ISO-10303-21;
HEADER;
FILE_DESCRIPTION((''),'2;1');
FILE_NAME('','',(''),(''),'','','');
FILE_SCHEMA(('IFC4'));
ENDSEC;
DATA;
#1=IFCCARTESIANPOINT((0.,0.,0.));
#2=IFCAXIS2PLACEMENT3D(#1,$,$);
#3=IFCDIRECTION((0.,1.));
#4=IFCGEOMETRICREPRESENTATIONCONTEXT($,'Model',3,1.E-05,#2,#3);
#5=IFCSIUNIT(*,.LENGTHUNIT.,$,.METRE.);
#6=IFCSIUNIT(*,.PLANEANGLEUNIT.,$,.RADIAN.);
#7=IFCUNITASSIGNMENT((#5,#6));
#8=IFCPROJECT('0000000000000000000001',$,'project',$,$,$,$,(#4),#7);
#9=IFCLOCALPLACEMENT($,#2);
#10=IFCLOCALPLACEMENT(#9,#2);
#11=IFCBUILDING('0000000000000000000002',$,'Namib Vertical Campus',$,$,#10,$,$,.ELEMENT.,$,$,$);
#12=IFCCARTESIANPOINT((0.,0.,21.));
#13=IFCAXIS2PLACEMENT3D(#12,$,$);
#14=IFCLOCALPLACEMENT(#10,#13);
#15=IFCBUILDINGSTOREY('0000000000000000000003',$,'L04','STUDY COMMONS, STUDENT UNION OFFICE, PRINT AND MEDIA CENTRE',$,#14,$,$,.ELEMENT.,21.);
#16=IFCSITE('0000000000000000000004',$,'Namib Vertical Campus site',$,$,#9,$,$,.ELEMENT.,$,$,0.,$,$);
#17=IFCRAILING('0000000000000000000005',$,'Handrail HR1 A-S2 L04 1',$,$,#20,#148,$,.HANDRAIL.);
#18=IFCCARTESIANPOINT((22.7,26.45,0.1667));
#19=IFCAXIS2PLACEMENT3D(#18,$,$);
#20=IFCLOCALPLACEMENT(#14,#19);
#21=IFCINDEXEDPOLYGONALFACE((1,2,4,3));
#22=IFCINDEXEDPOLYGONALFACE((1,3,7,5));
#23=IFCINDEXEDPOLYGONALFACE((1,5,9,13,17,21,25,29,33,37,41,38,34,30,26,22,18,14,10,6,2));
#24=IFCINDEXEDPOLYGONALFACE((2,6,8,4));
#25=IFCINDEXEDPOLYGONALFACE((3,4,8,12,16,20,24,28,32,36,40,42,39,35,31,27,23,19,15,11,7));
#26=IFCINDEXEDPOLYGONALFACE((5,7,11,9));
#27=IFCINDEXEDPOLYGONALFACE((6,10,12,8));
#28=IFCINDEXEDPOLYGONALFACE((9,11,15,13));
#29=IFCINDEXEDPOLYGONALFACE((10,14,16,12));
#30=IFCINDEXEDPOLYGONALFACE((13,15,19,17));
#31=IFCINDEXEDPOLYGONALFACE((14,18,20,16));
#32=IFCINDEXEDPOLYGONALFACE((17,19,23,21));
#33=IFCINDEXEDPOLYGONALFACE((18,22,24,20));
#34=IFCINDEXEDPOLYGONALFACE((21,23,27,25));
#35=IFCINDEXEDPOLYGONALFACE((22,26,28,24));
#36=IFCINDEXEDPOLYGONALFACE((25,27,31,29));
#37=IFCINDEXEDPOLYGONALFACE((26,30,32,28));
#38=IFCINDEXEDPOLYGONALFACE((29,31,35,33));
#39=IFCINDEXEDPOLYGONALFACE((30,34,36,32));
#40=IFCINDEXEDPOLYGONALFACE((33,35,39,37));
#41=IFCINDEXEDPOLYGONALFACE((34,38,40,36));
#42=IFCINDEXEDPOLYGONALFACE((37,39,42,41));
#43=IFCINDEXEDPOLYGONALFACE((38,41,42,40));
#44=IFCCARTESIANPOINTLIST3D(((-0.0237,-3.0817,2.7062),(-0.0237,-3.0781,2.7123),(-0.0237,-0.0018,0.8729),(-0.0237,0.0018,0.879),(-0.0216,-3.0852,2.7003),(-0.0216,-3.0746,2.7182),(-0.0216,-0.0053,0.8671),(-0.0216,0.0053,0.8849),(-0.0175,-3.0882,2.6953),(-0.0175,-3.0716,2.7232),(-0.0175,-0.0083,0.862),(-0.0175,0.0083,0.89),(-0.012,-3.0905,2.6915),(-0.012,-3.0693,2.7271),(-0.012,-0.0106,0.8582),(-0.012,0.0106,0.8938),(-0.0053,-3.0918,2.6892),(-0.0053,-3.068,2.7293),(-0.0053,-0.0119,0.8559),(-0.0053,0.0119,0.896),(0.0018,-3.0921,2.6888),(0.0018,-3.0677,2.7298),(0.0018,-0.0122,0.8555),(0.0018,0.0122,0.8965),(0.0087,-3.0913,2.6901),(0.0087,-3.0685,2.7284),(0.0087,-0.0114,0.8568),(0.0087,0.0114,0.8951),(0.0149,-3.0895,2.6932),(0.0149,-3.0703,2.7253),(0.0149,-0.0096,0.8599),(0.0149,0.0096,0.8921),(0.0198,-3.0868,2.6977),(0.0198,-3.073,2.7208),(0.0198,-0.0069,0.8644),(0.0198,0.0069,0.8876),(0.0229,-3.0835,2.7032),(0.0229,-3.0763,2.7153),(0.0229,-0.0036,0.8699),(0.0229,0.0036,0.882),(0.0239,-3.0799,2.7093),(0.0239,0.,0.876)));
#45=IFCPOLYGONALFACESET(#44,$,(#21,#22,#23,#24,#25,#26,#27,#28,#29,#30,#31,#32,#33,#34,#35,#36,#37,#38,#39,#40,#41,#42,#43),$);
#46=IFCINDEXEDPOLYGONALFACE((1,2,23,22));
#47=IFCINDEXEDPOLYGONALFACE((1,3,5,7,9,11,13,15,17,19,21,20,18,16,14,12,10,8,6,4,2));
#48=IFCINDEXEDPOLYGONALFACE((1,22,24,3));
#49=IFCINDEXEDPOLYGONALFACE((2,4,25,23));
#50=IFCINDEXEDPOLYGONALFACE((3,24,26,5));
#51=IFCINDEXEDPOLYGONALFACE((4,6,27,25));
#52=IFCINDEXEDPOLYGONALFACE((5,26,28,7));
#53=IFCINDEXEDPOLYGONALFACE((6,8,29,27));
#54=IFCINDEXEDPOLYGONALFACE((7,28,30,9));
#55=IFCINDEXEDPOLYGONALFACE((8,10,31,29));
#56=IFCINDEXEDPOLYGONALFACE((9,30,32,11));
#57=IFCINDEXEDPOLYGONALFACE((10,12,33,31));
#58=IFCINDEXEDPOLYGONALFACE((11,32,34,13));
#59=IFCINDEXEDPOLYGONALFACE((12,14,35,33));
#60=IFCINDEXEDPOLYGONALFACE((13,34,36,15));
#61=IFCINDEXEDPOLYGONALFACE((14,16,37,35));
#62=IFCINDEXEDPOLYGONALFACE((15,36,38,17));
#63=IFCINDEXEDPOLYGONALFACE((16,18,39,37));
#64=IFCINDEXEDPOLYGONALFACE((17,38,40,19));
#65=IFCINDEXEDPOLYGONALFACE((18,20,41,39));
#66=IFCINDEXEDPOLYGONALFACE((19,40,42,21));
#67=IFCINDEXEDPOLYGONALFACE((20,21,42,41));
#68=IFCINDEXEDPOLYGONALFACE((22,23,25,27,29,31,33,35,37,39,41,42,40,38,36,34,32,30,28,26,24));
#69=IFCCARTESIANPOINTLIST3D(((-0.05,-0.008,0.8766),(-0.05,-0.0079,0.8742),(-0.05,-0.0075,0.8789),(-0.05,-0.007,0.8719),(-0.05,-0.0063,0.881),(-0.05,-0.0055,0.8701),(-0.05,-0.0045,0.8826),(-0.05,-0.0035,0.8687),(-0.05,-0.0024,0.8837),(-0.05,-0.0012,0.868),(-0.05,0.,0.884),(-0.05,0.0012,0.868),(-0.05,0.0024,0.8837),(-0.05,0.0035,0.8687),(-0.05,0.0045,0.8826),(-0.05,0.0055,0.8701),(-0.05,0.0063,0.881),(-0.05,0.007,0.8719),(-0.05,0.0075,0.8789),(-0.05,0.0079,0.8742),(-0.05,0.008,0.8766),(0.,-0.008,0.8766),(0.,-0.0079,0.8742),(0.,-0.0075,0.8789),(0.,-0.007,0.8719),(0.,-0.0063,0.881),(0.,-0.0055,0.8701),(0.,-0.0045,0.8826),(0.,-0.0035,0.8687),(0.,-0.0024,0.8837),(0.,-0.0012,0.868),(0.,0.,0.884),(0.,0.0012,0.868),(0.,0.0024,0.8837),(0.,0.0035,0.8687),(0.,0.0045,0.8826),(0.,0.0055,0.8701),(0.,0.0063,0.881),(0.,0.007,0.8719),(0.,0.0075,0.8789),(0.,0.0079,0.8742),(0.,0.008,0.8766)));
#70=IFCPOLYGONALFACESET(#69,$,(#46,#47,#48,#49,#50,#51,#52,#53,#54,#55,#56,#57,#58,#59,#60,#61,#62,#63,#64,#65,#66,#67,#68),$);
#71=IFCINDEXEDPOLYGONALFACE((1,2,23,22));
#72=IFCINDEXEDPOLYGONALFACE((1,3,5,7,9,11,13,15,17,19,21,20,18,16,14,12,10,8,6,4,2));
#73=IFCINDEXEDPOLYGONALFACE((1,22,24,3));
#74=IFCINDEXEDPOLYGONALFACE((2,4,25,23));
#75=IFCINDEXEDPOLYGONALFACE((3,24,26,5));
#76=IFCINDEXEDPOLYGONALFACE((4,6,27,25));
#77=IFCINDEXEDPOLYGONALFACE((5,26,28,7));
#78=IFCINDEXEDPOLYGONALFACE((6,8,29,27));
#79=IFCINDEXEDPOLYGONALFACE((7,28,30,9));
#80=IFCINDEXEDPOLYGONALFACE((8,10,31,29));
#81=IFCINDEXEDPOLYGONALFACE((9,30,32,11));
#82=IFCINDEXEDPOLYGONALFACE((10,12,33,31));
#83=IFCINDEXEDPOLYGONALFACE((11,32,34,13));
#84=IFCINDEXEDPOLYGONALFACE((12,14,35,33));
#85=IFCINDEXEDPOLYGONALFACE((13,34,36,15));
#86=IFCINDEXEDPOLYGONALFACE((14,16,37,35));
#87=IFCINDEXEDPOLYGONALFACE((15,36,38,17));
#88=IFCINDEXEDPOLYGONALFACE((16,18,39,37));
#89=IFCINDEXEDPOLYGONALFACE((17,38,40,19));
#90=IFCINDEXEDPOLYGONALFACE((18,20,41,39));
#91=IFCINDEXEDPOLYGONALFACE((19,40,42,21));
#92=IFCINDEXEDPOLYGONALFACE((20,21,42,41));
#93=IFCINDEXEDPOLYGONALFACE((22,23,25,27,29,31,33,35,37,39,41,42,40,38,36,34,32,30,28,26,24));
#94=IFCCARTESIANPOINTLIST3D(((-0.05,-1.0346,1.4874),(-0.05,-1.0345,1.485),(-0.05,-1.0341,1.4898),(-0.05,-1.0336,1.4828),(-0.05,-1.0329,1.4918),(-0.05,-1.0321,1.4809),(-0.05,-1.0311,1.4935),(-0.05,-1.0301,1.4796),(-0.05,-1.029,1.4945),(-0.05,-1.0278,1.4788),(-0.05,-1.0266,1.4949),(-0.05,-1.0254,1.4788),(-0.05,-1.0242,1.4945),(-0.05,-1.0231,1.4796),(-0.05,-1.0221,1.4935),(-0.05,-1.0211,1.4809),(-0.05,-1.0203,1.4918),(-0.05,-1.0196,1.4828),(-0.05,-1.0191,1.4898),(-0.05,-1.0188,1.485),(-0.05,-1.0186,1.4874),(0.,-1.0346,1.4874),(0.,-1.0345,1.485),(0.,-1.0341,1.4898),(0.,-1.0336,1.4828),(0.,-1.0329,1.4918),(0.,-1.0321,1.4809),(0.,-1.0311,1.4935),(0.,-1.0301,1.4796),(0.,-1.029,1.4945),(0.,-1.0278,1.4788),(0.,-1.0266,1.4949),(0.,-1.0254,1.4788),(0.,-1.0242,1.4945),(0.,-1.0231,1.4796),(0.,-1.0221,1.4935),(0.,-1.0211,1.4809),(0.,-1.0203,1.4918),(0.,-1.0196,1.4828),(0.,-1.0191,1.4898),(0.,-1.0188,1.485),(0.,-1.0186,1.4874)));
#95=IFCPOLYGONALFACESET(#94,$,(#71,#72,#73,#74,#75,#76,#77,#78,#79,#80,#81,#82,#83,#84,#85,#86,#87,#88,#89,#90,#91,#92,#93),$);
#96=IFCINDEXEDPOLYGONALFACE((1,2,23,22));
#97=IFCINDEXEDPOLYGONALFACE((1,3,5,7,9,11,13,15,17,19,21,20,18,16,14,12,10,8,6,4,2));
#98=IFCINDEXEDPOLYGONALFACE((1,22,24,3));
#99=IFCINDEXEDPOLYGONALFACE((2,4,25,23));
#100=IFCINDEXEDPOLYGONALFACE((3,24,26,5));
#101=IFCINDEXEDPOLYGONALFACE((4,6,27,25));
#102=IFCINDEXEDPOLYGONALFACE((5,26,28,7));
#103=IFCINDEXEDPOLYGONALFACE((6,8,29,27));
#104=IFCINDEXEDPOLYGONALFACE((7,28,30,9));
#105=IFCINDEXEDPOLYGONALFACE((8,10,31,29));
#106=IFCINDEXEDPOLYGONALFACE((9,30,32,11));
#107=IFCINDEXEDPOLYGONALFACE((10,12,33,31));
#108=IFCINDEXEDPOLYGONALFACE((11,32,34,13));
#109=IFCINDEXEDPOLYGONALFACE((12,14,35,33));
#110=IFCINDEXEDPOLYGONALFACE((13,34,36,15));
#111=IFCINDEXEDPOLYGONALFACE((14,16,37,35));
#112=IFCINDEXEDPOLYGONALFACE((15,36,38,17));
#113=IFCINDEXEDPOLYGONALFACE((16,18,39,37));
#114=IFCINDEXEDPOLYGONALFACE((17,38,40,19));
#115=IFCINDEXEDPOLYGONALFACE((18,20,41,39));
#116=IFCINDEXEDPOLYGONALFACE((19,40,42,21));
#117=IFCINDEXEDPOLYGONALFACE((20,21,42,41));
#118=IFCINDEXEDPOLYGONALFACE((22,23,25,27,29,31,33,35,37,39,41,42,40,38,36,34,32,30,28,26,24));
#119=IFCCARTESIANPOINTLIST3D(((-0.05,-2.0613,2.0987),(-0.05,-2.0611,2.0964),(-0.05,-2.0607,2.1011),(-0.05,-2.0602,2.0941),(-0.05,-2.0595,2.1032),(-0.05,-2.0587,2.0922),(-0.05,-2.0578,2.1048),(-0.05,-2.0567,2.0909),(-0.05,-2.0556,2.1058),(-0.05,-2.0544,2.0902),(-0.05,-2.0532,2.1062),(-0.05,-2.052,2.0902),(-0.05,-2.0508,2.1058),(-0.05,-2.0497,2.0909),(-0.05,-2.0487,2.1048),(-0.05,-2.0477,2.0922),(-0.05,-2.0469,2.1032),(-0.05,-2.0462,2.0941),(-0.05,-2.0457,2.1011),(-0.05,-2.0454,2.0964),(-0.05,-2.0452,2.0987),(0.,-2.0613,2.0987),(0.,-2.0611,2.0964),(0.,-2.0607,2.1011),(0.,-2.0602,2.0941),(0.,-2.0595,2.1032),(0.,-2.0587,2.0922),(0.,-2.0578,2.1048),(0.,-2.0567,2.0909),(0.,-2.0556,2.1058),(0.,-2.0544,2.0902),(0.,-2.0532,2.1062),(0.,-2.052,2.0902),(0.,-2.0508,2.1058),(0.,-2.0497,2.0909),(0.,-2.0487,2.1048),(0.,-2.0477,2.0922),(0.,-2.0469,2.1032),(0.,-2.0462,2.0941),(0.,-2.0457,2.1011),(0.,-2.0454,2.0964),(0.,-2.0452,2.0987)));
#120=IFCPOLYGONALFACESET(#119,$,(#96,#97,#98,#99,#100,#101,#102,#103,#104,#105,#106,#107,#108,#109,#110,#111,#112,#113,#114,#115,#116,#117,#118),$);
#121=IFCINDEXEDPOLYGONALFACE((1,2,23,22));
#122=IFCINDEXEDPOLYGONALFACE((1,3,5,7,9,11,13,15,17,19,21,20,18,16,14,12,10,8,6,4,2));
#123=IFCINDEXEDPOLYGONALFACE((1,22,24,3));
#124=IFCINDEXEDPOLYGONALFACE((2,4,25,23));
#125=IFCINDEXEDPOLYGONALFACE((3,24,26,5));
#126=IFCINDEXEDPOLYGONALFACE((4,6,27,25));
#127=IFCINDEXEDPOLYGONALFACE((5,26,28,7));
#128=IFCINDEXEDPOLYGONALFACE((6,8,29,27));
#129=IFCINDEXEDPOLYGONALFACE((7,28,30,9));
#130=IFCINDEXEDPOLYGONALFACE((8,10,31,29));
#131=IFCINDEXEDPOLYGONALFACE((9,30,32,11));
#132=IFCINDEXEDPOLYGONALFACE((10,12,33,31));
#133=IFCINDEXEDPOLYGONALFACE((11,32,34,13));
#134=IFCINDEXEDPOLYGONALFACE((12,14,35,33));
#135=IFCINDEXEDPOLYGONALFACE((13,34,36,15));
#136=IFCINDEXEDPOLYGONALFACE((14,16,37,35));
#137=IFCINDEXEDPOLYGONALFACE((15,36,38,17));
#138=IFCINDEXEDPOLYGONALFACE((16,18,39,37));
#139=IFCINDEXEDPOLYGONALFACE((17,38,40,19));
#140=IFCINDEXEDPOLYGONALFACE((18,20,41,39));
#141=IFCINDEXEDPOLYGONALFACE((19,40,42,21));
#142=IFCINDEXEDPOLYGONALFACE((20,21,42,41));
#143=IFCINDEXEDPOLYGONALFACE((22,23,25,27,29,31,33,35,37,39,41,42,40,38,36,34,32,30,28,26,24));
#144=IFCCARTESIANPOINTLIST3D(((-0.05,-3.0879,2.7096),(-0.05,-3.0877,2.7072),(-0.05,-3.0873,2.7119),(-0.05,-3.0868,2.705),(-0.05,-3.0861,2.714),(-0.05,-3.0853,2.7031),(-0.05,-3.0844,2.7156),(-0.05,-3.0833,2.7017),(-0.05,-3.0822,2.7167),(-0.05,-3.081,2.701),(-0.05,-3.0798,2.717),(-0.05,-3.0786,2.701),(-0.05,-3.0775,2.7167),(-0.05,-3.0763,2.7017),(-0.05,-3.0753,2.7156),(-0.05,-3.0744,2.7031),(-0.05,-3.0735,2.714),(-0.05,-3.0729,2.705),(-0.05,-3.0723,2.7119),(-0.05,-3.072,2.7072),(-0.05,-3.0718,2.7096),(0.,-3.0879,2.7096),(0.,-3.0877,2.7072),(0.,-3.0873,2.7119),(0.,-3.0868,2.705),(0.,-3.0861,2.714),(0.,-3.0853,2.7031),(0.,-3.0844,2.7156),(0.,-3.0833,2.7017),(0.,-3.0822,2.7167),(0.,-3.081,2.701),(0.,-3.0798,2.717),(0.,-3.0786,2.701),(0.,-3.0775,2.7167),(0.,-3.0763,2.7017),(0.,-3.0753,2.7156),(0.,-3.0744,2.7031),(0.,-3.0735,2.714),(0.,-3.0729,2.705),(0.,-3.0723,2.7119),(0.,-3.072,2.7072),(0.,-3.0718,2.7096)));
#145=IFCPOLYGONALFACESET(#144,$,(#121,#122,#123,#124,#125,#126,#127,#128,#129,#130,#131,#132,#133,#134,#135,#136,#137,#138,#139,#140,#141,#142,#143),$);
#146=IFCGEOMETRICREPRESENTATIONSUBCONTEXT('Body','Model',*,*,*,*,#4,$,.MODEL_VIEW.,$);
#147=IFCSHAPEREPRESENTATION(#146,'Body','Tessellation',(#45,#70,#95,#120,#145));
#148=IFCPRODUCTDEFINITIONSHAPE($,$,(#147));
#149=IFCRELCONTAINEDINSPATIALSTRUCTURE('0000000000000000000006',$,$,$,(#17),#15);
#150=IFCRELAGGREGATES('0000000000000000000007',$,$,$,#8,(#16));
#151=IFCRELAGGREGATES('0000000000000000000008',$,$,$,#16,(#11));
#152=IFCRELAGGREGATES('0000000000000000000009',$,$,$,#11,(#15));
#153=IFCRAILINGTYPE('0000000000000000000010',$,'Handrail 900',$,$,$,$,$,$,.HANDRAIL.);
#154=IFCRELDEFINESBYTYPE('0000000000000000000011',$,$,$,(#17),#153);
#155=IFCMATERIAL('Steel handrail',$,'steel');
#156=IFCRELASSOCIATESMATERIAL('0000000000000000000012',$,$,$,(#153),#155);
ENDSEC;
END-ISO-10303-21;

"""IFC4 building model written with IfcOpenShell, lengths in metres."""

from ifc_helpers import new_model, si_unit, direction, frame, origin, origin_2d, place, context, subcontext, project, spatial, circle, extrude, material, type_object, element, save


model = new_model("IFC4")

# Units and contexts
model_context = context("Model", 3, precision=1e-05, world=origin(), true_north=direction((0.0, 1.0)))
body_context = subcontext(model_context, "Body", "Model", "MODEL_VIEW")
ifc_project = project(units=[si_unit("LENGTHUNIT", "METRE"), si_unit("PLANEANGLEUNIT", "RADIAN")], contexts=[model_context])

# Site, building, storey
site_placement = place(None, origin())
site = spatial("IfcSite", under=ifc_project, at=site_placement, Name="Namib Vertical Campus site", CompositionType="ELEMENT", RefElevation=0.0)
building_placement = place(site_placement, origin())
building = spatial("IfcBuilding", under=site, at=building_placement, Name="Namib Vertical Campus", CompositionType="ELEMENT")
storey_placement = place(building_placement, frame((0.0, 0.0, 21.0)))
storey = spatial("IfcBuildingStorey", under=building, at=storey_placement, Name="L04", Description="STUDY COMMONS, STUDENT UNION OFFICE, PRINT AND MEDIA CENTRE", CompositionType="ELEMENT", Elevation=21.0)

# Railing
ifc_material_1 = material(Name="Steel handrail", Category="steel")
railing_type_1 = type_object("IfcRailingType", Name="Handrail 900", PredefinedType="HANDRAIL", material=ifc_material_1)
railing_1_placement = place(storey_placement, frame((22.7, 26.45, 0.1667)))
element("IfcRailing", 1, at=railing_1_placement, inside=storey, type_object=railing_type_1, Name="Handrail HR1 A-S2 L04 1", PredefinedType="HANDRAIL", context=body_context, shape_type="SweptSolid", body=[
    extrude(circle(Radius=0.0239, at=origin_2d()), frame((0.0, 0.0, 0.876), z_axis=(0.0, -0.859291, 0.511487), x_axis=(1.0, 0.0, 0.0)), (0.0, 0.0, 1.0), 3.5842),
    extrude(circle(Radius=0.0081, at=origin_2d()), frame((0.0, 0.0, 0.876), z_axis=(-1.0, 0.0, 0.0), x_axis=(0.0, 0.0, 1.0)), (0.0, 0.0, 1.0), 0.05),
    extrude(circle(Radius=0.0081, at=origin_2d()), frame((0.0, -1.0266, 1.4868), z_axis=(-1.0, 0.0, 0.0), x_axis=(0.0, 0.0, 1.0)), (0.0, 0.0, 1.0), 0.05),
    extrude(circle(Radius=0.0081, at=origin_2d()), frame((0.0, -2.0532, 2.0981), z_axis=(-1.0, 0.0, 0.0), x_axis=(0.0, 0.0, 1.0)), (0.0, 0.0, 1.0), 0.05),
    extrude(circle(Radius=0.0081, at=origin_2d()), frame((0.0, -3.0798, 2.709), z_axis=(-1.0, 0.0, 0.0), x_axis=(0.0, 0.0, 1.0)), (0.0, 0.0, 1.0), 0.05),
])

save(model, "model.ifc")
